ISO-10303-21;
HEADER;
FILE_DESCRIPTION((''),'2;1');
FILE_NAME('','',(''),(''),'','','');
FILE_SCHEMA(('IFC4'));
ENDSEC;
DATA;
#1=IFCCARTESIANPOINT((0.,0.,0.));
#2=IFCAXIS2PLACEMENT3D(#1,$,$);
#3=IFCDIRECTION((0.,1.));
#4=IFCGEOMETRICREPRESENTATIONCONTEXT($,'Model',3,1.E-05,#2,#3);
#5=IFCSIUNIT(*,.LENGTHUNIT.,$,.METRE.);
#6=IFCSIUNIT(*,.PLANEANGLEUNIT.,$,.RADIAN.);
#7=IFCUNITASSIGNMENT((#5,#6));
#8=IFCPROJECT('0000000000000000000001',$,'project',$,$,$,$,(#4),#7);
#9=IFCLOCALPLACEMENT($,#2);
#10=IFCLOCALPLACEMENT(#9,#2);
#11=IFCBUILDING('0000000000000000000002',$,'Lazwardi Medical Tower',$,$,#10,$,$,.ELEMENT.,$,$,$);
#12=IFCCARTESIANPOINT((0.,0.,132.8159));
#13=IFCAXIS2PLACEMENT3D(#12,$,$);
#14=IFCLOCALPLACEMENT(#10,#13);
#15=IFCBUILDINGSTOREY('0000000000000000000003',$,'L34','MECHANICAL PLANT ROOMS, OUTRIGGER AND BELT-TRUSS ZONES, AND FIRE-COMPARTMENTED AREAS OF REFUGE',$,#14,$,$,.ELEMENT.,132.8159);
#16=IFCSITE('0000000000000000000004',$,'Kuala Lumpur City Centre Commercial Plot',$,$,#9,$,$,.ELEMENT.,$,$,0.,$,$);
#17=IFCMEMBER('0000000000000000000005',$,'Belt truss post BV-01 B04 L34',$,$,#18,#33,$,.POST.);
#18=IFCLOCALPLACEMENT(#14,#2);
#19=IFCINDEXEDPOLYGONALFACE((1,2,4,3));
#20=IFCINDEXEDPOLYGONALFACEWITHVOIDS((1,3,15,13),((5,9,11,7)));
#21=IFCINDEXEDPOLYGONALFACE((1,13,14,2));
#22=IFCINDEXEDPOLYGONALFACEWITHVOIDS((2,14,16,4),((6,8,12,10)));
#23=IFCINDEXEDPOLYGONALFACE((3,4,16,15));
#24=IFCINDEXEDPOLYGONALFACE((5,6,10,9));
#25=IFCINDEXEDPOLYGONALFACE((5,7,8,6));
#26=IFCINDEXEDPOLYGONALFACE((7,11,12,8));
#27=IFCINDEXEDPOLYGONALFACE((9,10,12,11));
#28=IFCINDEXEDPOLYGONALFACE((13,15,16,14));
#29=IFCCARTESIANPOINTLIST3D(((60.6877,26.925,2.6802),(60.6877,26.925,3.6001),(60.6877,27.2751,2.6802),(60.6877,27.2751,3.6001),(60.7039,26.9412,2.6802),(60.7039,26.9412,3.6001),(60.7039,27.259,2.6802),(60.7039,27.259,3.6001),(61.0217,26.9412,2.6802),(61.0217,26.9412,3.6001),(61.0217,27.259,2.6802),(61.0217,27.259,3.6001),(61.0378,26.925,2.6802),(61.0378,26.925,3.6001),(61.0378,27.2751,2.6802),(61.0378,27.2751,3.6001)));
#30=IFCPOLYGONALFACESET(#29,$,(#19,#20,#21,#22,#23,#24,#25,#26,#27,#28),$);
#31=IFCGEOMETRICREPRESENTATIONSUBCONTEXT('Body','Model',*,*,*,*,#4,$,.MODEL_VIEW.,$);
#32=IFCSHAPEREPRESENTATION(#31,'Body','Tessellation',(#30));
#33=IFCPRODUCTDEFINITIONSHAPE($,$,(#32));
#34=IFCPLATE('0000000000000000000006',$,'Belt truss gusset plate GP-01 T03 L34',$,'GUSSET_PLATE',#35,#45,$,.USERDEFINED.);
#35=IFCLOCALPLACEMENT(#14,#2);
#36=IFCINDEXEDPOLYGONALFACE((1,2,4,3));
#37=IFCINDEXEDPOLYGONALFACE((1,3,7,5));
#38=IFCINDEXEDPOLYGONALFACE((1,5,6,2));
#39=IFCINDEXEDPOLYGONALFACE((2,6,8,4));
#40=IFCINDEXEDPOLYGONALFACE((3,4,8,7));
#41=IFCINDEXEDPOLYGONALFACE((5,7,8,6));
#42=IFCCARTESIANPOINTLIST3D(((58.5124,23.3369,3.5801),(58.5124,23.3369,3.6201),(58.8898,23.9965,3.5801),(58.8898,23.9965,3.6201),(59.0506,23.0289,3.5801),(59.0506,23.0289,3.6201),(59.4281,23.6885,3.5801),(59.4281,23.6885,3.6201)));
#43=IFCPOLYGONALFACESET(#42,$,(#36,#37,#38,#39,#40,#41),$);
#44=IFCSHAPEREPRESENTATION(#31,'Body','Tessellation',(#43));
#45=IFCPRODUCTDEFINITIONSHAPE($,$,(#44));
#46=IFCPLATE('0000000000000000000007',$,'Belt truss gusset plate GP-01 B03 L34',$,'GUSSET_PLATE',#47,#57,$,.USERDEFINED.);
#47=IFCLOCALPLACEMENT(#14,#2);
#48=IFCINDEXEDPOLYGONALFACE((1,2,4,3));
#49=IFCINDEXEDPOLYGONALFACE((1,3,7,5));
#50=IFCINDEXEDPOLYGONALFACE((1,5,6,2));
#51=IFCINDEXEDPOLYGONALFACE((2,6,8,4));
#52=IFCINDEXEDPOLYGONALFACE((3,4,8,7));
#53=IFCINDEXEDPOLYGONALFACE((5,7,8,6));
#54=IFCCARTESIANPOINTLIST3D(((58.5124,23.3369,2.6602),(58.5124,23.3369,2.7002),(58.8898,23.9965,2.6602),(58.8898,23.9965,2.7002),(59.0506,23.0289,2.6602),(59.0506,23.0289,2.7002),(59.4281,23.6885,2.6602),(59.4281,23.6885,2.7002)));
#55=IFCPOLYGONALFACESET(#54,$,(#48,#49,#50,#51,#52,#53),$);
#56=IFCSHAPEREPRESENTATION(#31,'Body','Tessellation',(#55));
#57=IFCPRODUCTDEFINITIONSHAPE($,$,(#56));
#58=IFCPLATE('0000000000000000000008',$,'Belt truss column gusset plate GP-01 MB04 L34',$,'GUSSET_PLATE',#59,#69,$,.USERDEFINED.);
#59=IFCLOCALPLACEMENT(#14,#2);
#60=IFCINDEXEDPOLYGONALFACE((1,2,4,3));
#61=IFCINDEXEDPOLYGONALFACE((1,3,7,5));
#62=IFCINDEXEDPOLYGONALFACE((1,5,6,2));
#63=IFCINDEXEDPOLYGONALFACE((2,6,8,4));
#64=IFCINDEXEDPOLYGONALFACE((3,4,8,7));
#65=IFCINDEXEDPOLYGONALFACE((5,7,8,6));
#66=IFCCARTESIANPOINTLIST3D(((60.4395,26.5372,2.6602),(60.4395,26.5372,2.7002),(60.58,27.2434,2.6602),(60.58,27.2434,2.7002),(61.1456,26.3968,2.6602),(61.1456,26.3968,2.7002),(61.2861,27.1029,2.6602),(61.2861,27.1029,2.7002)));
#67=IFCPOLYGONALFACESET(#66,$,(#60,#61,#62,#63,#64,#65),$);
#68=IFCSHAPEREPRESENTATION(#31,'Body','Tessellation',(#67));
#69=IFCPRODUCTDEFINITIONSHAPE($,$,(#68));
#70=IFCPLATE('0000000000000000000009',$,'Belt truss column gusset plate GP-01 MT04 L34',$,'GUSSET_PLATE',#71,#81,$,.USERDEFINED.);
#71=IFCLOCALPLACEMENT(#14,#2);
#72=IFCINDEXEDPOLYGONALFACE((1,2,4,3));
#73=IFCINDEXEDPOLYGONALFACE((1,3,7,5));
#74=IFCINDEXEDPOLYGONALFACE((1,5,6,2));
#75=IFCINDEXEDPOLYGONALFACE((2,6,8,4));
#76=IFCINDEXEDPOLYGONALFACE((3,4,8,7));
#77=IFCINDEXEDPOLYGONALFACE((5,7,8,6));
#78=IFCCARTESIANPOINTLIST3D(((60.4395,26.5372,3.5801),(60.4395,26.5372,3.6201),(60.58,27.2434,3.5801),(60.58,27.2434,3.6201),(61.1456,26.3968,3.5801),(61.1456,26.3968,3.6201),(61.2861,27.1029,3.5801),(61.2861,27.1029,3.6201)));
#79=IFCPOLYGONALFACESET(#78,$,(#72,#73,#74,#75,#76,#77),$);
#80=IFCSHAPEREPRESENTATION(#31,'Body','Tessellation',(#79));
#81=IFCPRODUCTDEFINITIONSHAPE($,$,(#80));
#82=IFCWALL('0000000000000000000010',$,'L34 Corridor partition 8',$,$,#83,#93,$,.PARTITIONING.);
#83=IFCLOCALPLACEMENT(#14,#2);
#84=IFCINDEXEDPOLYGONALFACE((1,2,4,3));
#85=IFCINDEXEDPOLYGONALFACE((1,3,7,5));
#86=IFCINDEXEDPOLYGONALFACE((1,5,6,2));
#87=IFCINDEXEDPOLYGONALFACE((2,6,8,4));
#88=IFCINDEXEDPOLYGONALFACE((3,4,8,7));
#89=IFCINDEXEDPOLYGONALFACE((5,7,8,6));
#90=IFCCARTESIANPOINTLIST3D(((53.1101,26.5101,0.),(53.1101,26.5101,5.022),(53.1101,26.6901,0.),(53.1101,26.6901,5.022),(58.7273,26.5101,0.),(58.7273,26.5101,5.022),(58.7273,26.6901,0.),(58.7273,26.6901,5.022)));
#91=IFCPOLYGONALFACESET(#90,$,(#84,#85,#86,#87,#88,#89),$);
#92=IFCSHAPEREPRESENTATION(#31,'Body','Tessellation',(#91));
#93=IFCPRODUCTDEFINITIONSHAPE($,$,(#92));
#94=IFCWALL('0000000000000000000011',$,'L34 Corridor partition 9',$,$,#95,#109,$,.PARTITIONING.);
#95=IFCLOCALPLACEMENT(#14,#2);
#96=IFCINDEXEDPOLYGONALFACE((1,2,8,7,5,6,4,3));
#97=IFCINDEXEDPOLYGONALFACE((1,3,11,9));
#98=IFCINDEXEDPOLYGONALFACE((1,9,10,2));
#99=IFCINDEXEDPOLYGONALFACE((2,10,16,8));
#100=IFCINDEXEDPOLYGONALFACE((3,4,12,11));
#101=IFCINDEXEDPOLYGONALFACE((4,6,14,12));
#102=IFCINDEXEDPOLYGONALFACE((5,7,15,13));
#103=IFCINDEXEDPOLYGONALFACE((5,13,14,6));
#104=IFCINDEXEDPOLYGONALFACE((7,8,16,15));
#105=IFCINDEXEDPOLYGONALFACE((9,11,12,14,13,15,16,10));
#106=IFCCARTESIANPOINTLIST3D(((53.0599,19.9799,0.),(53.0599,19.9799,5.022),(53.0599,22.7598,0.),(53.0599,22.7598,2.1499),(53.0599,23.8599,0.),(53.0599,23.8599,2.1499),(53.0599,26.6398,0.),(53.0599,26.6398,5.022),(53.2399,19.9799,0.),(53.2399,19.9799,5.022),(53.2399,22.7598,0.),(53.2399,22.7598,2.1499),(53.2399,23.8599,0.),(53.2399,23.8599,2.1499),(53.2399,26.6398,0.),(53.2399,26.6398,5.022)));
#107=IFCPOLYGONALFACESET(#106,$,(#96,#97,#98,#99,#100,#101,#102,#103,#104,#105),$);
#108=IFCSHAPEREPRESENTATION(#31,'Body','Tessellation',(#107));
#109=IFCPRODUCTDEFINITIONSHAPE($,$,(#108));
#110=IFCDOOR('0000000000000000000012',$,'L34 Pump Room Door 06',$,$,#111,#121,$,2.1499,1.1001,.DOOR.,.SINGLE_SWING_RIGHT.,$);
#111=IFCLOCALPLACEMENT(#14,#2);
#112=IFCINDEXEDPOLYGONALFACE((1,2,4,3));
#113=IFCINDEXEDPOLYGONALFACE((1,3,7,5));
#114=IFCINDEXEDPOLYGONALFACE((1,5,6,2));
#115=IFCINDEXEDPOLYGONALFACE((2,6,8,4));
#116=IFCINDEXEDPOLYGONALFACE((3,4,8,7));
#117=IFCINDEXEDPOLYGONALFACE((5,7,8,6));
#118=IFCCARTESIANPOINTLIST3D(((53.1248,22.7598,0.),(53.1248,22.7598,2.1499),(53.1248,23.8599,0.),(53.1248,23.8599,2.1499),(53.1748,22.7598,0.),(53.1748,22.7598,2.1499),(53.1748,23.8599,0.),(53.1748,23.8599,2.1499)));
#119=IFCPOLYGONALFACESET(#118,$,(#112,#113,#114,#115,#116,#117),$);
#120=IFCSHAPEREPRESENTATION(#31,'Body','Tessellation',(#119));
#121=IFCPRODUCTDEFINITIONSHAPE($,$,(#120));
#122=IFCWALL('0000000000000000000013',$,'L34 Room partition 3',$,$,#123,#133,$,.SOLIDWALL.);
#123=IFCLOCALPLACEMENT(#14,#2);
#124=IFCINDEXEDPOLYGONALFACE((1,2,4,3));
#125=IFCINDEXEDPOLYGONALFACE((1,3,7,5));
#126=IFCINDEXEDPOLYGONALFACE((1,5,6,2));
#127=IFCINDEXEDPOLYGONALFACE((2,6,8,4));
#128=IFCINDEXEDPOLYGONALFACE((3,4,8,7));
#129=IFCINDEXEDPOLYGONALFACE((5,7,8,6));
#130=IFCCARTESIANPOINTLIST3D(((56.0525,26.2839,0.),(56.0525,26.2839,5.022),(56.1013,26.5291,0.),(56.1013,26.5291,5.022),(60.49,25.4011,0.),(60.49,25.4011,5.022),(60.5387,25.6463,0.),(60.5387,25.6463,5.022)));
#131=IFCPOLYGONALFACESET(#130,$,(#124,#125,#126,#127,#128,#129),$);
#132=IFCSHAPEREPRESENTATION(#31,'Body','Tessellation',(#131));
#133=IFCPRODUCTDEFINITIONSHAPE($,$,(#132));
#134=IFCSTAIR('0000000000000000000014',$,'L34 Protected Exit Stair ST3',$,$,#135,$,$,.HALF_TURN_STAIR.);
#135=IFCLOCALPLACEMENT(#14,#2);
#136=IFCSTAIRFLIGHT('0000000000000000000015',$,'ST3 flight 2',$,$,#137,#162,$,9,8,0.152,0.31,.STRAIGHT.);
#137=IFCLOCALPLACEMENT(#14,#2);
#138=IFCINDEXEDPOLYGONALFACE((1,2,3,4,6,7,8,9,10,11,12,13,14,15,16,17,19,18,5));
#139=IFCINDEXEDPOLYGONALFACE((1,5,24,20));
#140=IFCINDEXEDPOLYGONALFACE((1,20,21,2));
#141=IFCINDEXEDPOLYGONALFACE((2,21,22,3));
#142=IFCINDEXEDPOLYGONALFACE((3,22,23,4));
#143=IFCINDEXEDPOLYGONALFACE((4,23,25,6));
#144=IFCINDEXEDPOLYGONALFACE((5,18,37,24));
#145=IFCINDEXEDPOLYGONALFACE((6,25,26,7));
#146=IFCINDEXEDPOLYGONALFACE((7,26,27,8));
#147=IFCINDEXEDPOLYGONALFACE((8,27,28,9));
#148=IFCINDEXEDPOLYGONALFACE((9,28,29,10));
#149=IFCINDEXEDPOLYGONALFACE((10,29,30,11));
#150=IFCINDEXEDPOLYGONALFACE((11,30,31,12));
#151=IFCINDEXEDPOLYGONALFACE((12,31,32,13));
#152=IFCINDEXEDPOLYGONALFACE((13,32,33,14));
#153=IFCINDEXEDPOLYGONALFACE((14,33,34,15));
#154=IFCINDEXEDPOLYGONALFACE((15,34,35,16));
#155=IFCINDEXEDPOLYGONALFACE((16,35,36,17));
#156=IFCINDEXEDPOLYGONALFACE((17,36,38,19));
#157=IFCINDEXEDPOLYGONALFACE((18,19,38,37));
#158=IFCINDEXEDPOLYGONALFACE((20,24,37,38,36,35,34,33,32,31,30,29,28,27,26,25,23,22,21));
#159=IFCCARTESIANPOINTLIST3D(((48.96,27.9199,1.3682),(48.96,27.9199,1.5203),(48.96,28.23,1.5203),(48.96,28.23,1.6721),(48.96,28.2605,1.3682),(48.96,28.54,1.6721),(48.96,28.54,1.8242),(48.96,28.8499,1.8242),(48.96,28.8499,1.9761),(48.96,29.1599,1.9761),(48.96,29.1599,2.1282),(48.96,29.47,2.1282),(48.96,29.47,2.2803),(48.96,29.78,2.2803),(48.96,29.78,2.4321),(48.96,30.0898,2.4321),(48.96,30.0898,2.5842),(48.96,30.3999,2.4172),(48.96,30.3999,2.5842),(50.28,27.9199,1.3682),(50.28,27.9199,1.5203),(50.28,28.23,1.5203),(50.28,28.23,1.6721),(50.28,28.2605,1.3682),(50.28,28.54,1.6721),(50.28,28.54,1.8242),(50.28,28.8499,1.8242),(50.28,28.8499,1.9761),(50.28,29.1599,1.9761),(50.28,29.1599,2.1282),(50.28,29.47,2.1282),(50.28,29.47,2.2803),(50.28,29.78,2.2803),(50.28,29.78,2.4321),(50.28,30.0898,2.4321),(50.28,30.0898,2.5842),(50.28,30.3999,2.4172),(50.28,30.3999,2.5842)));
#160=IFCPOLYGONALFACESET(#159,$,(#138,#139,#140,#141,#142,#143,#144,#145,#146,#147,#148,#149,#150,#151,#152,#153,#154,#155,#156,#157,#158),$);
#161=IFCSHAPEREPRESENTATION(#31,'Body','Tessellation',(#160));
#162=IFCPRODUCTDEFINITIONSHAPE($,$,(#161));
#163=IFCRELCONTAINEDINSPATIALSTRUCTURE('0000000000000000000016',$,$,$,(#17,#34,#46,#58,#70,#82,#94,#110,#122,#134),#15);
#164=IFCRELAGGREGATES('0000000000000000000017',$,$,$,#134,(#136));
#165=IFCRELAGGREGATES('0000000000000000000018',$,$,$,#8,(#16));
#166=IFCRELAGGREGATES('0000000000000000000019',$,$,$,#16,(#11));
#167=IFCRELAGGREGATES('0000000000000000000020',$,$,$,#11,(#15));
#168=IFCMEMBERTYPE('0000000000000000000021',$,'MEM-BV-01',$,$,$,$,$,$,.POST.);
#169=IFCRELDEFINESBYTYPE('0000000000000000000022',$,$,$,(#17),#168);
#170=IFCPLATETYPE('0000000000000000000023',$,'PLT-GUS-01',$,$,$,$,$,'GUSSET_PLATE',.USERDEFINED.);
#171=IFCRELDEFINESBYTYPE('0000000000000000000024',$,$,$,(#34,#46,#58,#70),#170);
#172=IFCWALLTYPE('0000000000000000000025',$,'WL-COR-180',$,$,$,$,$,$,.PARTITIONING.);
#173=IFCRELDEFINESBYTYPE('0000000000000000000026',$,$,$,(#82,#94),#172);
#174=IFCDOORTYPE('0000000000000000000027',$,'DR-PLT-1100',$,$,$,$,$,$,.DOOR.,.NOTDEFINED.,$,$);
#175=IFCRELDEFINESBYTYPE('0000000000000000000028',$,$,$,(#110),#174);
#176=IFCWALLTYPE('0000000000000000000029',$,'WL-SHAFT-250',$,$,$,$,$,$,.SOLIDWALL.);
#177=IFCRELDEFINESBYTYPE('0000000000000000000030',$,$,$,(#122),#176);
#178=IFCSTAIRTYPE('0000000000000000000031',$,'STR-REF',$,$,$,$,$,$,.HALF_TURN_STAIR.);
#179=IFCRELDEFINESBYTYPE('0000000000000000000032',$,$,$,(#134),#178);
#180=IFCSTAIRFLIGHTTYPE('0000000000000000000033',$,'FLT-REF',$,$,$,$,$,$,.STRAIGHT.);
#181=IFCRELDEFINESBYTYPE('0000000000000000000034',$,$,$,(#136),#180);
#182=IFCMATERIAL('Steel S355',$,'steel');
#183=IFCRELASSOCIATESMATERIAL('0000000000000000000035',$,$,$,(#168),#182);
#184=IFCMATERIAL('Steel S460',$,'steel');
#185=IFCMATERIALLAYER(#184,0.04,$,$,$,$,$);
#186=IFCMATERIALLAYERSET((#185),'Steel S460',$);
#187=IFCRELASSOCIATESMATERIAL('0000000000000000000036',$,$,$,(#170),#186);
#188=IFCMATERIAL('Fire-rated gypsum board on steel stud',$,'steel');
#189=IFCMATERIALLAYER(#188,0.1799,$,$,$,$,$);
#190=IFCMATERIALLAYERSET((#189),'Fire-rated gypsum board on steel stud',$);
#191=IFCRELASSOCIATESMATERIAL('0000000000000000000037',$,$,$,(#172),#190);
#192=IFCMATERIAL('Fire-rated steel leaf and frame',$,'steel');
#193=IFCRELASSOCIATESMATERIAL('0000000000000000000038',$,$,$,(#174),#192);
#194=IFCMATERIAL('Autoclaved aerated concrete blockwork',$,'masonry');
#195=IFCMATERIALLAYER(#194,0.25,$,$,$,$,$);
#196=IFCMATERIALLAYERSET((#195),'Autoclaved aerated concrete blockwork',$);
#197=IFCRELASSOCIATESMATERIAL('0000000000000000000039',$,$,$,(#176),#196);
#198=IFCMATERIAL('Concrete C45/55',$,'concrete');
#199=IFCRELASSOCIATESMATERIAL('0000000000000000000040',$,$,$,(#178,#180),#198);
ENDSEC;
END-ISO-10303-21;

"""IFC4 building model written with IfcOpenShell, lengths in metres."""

from ifc_helpers import new_model, si_unit, direction, frame, frame_2d, origin, origin_2d, place, context, subcontext, project, spatial, polyline, rectangle, hollow_rectangle, outline, extrude, material, layer, layer_set, material_profile, profile_set, type_object, element, fill, aggregate, save


model = new_model("IFC4")

# Units and contexts
model_context = context("Model", 3, precision=1e-05, world=origin(), true_north=direction((0.0, 1.0)))
body_context = subcontext(model_context, "Body", "Model", "MODEL_VIEW")
ifc_project = project(units=[si_unit("LENGTHUNIT", "METRE"), si_unit("PLANEANGLEUNIT", "RADIAN")], contexts=[model_context])

# Site, building, storey
site_placement = place(None, origin())
site = spatial("IfcSite", under=ifc_project, at=site_placement, Name="Kuala Lumpur City Centre Commercial Plot", CompositionType="ELEMENT", RefElevation=0.0)
building_placement = place(site_placement, origin())
building = spatial("IfcBuilding", under=site, at=building_placement, Name="Lazwardi Medical Tower", CompositionType="ELEMENT")
storey_placement = place(building_placement, frame((0.0, 0.0, 132.8159)))
storey = spatial("IfcBuildingStorey", under=building, at=storey_placement, Name="L34", Description="MECHANICAL PLANT ROOMS, OUTRIGGER AND BELT-TRUSS ZONES, AND FIRE-COMPARTMENTED AREAS OF REFUGE", CompositionType="ELEMENT", Elevation=132.8159)

# Shared definitions
ifc_material_1 = material(Name="Steel S460", Category="steel")
ifc_material_2 = material(Name="Steel S355", Category="steel")

# Member
ifc_material_profile_1 = material_profile(ifc_material_2, hollow_rectangle(XDim=0.3501, YDim=0.3501, WallThickness=0.0161, at=origin_2d()), Name="RHS 350x350x16")
ifc_profile_set_1 = profile_set([ifc_material_profile_1], Name="Steel S355")
member_type_1 = type_object("IfcMemberType", Name="MEM-BV-01", PredefinedType="POST", material=ifc_profile_set_1)
member_1_placement = place(storey_placement, frame((60.8628, 27.1001, 2.6802), z_axis=(0.0, 0.0, 1.0), x_axis=(1.0, 0.0, 0.0)))
element("IfcMember", 1, at=member_1_placement, inside=storey, type_object=member_type_1, Name="Belt truss post BV-01 B04 L34", PredefinedType="POST", context=body_context, shape_type="SweptSolid", body=[
    extrude(hollow_rectangle(XDim=0.3501, YDim=0.3501, WallThickness=0.0161, at=origin_2d()), origin(), (0.0, 0.0, 1.0), 0.9199),
])

# Plates
ifc_layer_1 = layer(ifc_material_1, 0.04)
ifc_layer_set_1 = layer_set([ifc_layer_1], Name="Steel S460")
plate_type = type_object("IfcPlateType", Name="PLT-GUS-01", ElementType="GUSSET_PLATE", PredefinedType="USERDEFINED", material=ifc_layer_set_1)
for number, where, z_axis, x_axis, name in (
    (2, (58.9702, 23.5127, 3.5801), (0.0, 0.0, 1.0), (0.496671, 0.867939, 0.0), "Belt truss gusset plate GP-01 T03 L34"),
    (3, (58.9702, 23.5127, 2.6602), (0.0, 0.0, 1.0), (0.496671, 0.867939, 0.0), "Belt truss gusset plate GP-01 B03 L34"),
):
    element("IfcPlate", number, at=place(storey_placement, frame(where, z_axis=z_axis, x_axis=x_axis)), inside=storey, type_object=plate_type, Name=name, ObjectType="GUSSET_PLATE", PredefinedType="USERDEFINED", context=body_context, shape_type="SweptSolid", body=[
        extrude(rectangle(XDim=0.76, YDim=0.6201, at=origin_2d()), origin(), (0.0, 0.0, 1.0), 0.04),
    ])
for number, where, z_axis, x_axis, name in (
    (4, (60.8628, 26.8201, 2.6602), (0.0, 0.0, 1.0), (0.980785, -0.19509, 0.0), "Belt truss column gusset plate GP-01 MB04 L34"),
    (5, (60.8628, 26.8201, 3.5801), (0.0, 0.0, 1.0), (0.980785, -0.19509, 0.0), "Belt truss column gusset plate GP-01 MT04 L34"),
):
    element("IfcPlate", number, at=place(storey_placement, frame(where, z_axis=z_axis, x_axis=x_axis)), inside=storey, type_object=plate_type, Name=name, ObjectType="GUSSET_PLATE", PredefinedType="USERDEFINED", context=body_context, shape_type="SweptSolid", body=[
        extrude(rectangle(XDim=0.72, YDim=0.72, at=origin_2d()), origin(), (0.0, 0.0, 1.0), 0.04),
    ])

# Wall
ifc_material_3 = material(Name="Fire-rated gypsum board on steel stud", Category="steel")
ifc_layer_2 = layer(ifc_material_3, 0.1799)
ifc_layer_set_2 = layer_set([ifc_layer_2], Name="Fire-rated gypsum board on steel stud")
wall_type_1 = type_object("IfcWallType", Name="WL-COR-180", PredefinedType="PARTITIONING", material=ifc_layer_set_2)
wall_1_placement = place(storey_placement, frame((58.7273, 26.6001, 0.0), z_axis=(0.0, 0.0, 1.0), x_axis=(-1.0, 0.0, 0.0)))
element("IfcWall", 6, at=wall_1_placement, inside=storey, type_object=wall_type_1, Name="L34 Corridor partition 8", PredefinedType="PARTITIONING", context=body_context, shape_type="SweptSolid", body=[
    extrude(rectangle(XDim=5.6172, YDim=0.1799, at=frame_2d((2.8086, 0.0))), origin(), (0.0, 0.0, 1.0), 5.022),
])

# Wall, opening, door
wall_2_placement = place(storey_placement, frame((53.1499, 26.6399, 0.0), z_axis=(0.0, 0.0, 1.0), x_axis=(0.0, -1.0, 0.0)))
wall_2 = element("IfcWall", 7, at=wall_2_placement, inside=storey, type_object=wall_type_1, Name="L34 Corridor partition 9", PredefinedType="PARTITIONING", context=body_context, shape_type="SweptSolid", body=[
    extrude(rectangle(XDim=6.6599, YDim=0.1799, at=frame_2d((3.3301, 0.0))), origin(), (0.0, 0.0, 1.0), 5.022),
])
opening_placement = place(wall_2_placement, frame((2.78, 0.0, 0.0)))
opening = element("IfcOpeningElement", 8, at=opening_placement, cuts=wall_2, PredefinedType="OPENING", context=body_context, shape_type="SweptSolid", body=[
    extrude(rectangle(XDim=1.1001, YDim=2.1499, at=frame_2d((0.55, 1.075))), frame((0.0, 0.0999, 0.0), z_axis=(0.0, -1.0, 0.0), x_axis=(1.0, 0.0, 0.0)), (0.0, 0.0, 1.0), 0.2),
])
ifc_material_4 = material(Name="Fire-rated steel leaf and frame", Category="steel")
door_type = type_object("IfcDoorType", Name="DR-PLT-1100", OperationType="NOTDEFINED", PredefinedType="DOOR", material=ifc_material_4)
door_placement = place(opening_placement, origin())
door = element("IfcDoor", 9, at=door_placement, inside=storey, type_object=door_type, Name="L34 Pump Room Door 06", OperationType="SINGLE_SWING_RIGHT", OverallHeight=2.1499, OverallWidth=1.1001, PredefinedType="DOOR", context=body_context, shape_type="SweptSolid", body=[
    extrude(rectangle(XDim=1.1001, YDim=2.1499, at=frame_2d((0.55, 1.075))), frame((0.0, 0.0249, 0.0), z_axis=(0.0, -1.0, 0.0), x_axis=(1.0, 0.0, 0.0)), (0.0, 0.0, 1.0), 0.05),
])
fill(opening, door)

# Wall
ifc_material_5 = material(Name="Autoclaved aerated concrete blockwork", Category="masonry")
ifc_layer_3 = layer(ifc_material_5, 0.25)
ifc_layer_set_3 = layer_set([ifc_layer_3], Name="Autoclaved aerated concrete blockwork")
wall_type_2 = type_object("IfcWallType", Name="WL-SHAFT-250", PredefinedType="SOLIDWALL", material=ifc_layer_set_3)
wall_3_placement = place(storey_placement, frame((56.0769, 26.4065, 0.0), z_axis=(0.0, 0.0, 1.0), x_axis=(0.980779, -0.19512, 0.0)))
element("IfcWall", 10, at=wall_3_placement, inside=storey, type_object=wall_type_2, Name="L34 Room partition 3", PredefinedType="SOLIDWALL", context=body_context, shape_type="SweptSolid", body=[
    extrude(rectangle(XDim=4.5244, YDim=0.25, at=frame_2d((2.2622, 0.0))), origin(), (0.0, 0.0, 1.0), 5.022),
])

# Stair, stair flight
ifc_material_6 = material(Name="Concrete C45/55", Category="concrete")
stair_type = type_object("IfcStairType", Name="STR-REF", PredefinedType="HALF_TURN_STAIR", material=ifc_material_6)
stair_placement = place(storey_placement, origin())
stair = element("IfcStair", 11, at=stair_placement, inside=storey, type_object=stair_type, Name="L34 Protected Exit Stair ST3", PredefinedType="HALF_TURN_STAIR")
stair_flight_type = type_object("IfcStairFlightType", Name="FLT-REF", PredefinedType="STRAIGHT", material=ifc_material_6)
stair_flight_1_placement = place(storey_placement, frame((49.6201, 27.9199, 1.3682), z_axis=(0.0, 0.0, 1.0), x_axis=(0.0, 1.0, 0.0)))
stair_flight_1 = element("IfcStairFlight", 12, at=stair_flight_1_placement, type_object=stair_flight_type, Name="ST3 flight 2", NumberOfRisers=9, NumberOfTreads=8, PredefinedType="STRAIGHT", RiserHeight=0.152, TreadLength=0.31, context=body_context, shape_type="SweptSolid", body=[
    extrude(outline(polyline([(0.0, 0.0), (0.0, 0.1521), (0.3101, 0.1521), (0.3101, 0.304), (0.6201, 0.304), (0.6201, 0.4561), (0.9299, 0.4561), (0.9299, 0.6079), (1.24, 0.6079), (1.24, 0.76), (1.55, 0.76), (1.55, 0.9121), (1.8601, 0.9121), (1.8601, 1.064), (2.1699, 1.064), (2.1699, 1.2161), (2.48, 1.2161), (2.48, 1.3679), (2.48, 1.0491), (0.3406, 0.0), (0.0, 0.0)])), frame((0.0, 0.6602, 0.0), z_axis=(0.0, -1.0, 0.0), x_axis=(1.0, 0.0, 0.0)), (0.0, 0.0, 1.0), 1.3201),
])
aggregate(stair, [stair_flight_1])

save(model, "model.ifc")
